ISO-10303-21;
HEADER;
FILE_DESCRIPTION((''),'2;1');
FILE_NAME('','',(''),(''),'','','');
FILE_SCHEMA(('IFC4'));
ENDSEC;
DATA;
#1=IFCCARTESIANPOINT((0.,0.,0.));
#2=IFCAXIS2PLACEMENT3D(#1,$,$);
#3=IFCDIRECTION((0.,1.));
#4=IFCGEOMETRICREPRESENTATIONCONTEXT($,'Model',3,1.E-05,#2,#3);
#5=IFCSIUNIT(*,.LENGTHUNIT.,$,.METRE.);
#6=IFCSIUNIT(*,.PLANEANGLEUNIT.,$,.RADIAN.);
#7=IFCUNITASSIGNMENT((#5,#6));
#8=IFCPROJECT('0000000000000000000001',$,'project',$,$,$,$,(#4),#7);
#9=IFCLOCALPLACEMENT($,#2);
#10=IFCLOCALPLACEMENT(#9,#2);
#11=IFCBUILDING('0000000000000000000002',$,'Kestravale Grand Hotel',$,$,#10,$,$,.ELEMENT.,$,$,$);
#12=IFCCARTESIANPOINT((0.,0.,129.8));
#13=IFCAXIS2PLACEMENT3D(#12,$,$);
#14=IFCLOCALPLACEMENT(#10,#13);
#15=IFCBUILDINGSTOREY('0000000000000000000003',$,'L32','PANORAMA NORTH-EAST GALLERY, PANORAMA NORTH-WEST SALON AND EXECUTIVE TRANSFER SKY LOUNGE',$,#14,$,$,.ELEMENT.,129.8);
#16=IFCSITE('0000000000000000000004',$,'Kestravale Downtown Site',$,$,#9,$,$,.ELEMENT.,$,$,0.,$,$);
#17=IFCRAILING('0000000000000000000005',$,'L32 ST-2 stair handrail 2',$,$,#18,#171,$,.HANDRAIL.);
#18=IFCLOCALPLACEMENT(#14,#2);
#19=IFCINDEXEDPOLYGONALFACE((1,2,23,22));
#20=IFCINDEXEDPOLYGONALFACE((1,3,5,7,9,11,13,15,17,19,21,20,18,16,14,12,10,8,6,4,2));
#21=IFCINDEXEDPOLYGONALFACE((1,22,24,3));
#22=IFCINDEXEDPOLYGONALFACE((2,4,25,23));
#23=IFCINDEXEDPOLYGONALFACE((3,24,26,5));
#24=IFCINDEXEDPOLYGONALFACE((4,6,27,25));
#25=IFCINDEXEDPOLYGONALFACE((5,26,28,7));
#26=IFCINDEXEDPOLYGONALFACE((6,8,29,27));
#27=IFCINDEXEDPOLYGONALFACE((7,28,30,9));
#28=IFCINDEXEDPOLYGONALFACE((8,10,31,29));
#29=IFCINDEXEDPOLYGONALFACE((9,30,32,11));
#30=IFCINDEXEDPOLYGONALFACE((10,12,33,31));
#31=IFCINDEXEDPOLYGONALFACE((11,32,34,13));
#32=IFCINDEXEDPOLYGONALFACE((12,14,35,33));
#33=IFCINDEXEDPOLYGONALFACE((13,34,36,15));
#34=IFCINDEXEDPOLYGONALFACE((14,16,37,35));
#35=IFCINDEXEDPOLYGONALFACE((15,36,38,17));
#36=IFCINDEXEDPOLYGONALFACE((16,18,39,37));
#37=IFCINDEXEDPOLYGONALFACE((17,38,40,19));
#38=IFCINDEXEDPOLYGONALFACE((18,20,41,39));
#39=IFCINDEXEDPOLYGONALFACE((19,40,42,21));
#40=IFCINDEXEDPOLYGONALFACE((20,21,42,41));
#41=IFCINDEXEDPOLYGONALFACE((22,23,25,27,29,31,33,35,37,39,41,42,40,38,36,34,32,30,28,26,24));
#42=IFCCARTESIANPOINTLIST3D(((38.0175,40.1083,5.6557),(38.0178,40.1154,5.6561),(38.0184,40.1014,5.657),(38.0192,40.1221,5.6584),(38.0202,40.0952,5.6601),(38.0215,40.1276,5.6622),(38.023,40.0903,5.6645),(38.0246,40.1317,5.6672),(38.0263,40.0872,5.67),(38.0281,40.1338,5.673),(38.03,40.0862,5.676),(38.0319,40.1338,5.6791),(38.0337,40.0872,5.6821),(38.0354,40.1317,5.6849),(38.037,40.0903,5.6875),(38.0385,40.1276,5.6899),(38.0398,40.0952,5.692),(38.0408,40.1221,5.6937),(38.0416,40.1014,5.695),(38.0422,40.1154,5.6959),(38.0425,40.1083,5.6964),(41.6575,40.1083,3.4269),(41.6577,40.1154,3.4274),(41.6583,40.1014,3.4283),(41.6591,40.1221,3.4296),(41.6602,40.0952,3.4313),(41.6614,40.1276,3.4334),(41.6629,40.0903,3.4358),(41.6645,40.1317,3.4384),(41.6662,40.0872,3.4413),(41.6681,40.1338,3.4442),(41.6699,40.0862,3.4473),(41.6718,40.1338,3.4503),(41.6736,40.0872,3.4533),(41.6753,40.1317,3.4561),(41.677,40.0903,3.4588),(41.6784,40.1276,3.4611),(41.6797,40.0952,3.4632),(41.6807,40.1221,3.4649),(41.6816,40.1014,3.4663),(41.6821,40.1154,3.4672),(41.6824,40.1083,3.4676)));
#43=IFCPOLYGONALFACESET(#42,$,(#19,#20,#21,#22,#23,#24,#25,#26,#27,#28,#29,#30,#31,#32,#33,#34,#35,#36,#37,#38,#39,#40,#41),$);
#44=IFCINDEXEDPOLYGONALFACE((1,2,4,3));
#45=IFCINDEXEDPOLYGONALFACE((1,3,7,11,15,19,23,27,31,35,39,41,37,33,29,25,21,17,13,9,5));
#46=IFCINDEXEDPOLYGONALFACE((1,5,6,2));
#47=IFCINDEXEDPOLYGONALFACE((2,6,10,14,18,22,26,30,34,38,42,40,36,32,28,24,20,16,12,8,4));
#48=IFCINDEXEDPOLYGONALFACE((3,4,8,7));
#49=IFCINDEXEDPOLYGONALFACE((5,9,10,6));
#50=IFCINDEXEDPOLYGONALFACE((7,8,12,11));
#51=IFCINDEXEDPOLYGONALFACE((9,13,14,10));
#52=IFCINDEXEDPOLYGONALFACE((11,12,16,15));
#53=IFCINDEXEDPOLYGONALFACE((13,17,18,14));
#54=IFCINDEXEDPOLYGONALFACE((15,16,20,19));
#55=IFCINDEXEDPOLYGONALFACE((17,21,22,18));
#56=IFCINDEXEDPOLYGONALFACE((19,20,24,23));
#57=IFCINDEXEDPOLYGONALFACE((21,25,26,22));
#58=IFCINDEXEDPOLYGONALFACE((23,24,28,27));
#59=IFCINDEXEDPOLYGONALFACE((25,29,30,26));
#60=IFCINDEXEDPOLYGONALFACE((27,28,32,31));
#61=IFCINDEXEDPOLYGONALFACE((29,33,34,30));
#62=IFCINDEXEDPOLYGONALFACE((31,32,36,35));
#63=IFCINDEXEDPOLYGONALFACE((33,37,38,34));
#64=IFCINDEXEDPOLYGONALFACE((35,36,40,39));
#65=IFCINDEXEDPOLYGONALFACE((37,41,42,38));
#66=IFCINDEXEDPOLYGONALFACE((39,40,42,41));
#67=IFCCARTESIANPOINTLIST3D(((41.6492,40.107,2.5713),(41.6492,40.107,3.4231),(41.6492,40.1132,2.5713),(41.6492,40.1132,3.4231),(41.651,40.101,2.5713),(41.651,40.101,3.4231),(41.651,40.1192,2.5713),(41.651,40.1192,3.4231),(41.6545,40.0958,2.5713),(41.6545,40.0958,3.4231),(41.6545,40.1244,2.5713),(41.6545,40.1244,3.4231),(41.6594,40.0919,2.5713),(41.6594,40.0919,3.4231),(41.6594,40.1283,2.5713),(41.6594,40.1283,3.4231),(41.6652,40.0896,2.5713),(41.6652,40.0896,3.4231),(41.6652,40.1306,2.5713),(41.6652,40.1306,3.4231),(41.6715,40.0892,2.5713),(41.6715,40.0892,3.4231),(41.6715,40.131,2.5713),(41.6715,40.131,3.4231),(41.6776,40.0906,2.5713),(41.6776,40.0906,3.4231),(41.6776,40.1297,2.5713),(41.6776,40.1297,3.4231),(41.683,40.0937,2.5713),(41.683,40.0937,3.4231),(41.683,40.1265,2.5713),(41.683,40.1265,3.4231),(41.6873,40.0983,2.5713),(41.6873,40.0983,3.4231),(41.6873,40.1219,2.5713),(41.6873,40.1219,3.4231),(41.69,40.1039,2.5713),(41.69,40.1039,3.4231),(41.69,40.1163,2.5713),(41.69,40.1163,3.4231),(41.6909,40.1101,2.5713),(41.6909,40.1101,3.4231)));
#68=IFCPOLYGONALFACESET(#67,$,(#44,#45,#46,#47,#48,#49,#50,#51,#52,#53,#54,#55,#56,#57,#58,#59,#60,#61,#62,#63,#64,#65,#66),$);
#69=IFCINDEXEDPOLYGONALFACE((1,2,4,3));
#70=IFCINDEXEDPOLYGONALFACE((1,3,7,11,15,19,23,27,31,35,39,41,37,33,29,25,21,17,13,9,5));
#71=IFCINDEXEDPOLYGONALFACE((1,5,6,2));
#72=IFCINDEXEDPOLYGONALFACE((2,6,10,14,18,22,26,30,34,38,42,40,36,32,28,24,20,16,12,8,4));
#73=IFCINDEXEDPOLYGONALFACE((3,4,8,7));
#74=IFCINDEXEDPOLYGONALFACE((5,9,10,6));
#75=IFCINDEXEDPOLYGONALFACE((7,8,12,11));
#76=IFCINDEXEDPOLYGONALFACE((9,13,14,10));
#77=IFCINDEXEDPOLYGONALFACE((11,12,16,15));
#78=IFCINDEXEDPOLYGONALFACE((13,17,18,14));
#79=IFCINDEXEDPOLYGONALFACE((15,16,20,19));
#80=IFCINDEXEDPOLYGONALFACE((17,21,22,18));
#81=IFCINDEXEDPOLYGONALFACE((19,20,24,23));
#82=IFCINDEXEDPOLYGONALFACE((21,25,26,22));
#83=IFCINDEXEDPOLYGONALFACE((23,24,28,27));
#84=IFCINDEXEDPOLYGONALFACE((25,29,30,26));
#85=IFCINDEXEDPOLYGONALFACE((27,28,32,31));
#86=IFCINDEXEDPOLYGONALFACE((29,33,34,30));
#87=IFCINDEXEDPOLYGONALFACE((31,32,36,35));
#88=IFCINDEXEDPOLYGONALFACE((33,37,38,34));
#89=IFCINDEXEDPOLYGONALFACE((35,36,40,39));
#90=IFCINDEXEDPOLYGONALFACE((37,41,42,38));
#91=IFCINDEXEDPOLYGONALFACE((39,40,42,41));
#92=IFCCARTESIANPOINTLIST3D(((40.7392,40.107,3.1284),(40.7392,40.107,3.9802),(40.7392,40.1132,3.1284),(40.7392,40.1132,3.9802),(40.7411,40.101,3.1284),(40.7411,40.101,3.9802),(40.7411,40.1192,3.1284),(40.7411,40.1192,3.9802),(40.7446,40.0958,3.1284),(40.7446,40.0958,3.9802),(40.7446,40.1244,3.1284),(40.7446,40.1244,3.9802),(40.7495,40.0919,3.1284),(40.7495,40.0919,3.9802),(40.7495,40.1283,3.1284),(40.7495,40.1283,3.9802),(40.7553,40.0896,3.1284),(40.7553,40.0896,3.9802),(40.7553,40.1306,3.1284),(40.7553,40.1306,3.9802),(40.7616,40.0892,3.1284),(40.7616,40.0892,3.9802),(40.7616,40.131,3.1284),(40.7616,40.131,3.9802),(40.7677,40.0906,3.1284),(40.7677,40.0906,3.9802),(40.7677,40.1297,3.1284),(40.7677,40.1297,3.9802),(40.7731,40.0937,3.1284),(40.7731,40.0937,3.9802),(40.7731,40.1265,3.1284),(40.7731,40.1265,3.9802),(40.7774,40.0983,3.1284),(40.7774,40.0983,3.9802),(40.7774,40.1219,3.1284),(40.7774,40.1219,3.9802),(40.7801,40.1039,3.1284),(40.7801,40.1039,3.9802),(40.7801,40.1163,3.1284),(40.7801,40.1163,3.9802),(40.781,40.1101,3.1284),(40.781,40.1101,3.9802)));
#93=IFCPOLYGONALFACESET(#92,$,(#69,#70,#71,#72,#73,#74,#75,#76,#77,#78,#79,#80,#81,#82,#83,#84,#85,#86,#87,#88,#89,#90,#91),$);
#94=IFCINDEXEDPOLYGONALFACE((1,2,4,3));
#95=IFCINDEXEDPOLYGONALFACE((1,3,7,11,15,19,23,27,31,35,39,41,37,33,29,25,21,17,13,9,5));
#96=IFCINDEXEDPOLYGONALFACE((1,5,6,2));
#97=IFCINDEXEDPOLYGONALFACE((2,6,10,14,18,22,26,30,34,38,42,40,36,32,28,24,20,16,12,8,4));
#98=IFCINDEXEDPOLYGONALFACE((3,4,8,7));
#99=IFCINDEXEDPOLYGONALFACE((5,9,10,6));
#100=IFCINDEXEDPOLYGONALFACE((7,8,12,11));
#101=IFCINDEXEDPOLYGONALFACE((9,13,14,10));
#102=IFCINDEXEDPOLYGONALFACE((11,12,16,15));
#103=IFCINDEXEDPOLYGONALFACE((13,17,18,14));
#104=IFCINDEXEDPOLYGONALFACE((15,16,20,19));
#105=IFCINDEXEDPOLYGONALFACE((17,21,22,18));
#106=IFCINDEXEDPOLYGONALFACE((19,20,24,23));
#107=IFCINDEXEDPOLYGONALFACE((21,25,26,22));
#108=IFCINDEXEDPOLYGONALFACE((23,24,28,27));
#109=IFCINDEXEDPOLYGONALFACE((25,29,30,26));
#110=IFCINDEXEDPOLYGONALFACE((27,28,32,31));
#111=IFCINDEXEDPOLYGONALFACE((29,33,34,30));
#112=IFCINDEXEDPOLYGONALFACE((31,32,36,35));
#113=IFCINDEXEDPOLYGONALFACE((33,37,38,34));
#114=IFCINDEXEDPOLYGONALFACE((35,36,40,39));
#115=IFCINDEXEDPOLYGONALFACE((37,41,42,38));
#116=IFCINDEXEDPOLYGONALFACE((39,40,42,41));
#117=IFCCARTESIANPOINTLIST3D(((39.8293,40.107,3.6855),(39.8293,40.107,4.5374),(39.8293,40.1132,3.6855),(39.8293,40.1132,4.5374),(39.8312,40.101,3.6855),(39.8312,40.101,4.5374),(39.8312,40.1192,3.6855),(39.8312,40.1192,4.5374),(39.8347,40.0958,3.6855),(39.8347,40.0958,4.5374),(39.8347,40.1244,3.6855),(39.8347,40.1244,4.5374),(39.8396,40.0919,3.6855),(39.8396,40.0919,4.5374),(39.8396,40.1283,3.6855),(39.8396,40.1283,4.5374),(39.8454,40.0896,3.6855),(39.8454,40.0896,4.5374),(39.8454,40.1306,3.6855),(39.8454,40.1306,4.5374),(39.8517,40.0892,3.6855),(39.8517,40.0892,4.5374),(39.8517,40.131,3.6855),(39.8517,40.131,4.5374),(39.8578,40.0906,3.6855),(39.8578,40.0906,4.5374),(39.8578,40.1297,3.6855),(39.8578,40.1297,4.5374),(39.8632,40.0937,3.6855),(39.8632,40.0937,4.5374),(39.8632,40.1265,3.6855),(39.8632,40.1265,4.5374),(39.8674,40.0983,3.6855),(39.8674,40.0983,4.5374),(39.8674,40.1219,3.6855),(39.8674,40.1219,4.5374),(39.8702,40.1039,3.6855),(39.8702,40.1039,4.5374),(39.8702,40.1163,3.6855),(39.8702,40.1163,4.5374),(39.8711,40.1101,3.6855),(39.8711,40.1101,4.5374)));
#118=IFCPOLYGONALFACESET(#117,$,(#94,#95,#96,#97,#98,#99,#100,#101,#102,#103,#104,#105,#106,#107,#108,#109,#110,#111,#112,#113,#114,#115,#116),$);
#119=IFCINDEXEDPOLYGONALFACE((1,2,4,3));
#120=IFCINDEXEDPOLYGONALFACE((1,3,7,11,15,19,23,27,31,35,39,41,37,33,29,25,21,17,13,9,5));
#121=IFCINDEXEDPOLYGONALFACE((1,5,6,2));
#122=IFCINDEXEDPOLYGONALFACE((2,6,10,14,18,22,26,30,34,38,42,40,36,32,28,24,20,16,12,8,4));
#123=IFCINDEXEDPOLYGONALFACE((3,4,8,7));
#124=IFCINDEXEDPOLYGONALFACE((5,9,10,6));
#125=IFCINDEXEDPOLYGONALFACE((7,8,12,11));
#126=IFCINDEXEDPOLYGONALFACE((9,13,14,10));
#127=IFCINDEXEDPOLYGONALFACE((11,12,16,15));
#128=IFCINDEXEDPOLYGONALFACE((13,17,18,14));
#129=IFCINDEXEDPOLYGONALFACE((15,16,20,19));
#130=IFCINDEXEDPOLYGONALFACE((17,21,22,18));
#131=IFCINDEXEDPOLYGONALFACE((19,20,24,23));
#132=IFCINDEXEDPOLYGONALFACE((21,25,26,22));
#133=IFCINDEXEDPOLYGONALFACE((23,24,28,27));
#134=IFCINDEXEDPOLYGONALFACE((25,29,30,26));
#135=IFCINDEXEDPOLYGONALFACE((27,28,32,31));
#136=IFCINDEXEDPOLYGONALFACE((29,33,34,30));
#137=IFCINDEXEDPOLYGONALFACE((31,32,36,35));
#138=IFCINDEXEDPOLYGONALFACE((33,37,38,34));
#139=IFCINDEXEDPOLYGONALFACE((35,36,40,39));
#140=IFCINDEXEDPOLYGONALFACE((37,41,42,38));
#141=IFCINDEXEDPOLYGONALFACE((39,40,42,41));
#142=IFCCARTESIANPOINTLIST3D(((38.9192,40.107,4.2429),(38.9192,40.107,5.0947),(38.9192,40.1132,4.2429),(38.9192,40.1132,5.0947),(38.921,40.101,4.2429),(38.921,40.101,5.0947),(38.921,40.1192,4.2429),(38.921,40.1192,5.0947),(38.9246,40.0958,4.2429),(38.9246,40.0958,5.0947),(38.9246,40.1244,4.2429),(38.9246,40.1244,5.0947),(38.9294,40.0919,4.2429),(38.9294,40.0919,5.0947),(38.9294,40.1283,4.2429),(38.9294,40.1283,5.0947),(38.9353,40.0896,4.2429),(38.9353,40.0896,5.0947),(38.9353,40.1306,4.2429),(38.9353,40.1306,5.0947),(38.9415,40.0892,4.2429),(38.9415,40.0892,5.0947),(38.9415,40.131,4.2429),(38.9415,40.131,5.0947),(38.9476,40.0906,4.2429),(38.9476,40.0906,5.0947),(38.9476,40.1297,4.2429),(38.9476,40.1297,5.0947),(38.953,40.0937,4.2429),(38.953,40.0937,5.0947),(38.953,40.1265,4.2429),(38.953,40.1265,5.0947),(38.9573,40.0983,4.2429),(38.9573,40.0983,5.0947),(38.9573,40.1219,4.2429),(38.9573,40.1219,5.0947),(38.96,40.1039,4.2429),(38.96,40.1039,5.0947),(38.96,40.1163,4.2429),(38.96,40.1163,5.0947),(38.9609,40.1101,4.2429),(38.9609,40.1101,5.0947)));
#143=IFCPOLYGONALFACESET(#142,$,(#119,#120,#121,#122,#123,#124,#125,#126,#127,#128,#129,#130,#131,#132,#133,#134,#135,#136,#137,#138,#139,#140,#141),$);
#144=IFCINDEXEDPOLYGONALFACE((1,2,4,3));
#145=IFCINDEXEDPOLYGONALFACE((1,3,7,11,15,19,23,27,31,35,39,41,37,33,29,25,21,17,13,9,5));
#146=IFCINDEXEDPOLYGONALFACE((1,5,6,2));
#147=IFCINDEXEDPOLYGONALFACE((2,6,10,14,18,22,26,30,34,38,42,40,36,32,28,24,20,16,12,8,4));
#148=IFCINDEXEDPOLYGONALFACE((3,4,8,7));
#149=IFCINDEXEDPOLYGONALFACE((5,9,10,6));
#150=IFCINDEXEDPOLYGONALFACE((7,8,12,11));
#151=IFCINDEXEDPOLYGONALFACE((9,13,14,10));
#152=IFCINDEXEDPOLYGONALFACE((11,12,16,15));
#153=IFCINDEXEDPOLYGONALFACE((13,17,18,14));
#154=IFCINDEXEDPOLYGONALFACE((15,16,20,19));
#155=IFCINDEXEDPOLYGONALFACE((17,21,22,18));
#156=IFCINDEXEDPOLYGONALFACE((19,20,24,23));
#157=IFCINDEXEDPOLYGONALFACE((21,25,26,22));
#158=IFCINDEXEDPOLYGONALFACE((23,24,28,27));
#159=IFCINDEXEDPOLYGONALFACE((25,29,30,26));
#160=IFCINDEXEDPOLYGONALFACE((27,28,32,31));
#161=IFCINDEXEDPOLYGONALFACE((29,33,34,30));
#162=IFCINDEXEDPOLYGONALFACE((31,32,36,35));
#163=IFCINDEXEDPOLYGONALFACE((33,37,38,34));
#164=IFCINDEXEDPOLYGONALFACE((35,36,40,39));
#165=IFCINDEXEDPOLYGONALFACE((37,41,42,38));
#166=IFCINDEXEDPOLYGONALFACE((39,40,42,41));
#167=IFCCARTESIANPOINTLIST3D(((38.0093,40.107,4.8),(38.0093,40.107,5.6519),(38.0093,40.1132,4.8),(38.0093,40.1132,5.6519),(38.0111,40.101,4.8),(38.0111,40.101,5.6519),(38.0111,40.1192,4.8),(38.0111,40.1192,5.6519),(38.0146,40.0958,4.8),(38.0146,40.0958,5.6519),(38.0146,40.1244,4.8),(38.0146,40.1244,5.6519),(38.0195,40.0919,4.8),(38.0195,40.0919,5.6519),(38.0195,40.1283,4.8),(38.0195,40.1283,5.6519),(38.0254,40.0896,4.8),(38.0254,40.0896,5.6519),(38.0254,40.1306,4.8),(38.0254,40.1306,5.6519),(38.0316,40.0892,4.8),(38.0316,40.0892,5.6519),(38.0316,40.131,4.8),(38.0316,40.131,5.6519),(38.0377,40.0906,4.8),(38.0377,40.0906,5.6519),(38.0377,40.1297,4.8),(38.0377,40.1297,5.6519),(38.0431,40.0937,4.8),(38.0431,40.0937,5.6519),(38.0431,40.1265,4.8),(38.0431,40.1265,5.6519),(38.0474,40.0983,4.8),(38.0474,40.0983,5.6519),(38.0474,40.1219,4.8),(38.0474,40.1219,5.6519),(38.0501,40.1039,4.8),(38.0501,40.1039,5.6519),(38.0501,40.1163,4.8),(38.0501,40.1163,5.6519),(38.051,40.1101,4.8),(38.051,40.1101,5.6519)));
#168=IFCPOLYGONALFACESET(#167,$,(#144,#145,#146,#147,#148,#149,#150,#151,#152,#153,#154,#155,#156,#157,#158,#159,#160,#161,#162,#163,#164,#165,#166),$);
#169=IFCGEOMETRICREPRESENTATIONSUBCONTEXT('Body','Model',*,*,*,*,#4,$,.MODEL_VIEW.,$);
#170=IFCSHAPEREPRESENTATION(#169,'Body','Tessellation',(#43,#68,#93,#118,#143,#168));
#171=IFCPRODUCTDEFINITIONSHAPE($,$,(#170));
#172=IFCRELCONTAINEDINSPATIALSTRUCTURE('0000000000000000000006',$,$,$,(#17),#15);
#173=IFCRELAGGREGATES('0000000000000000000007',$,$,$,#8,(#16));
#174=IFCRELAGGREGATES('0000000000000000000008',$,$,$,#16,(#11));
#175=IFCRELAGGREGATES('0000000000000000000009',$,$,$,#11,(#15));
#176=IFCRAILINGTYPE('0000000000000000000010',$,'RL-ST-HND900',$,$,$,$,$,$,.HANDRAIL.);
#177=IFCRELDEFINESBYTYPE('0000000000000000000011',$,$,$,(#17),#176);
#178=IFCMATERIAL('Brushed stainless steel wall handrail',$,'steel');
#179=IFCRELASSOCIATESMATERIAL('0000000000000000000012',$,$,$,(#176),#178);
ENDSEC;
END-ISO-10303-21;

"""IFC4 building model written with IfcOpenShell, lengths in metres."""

from ifc_helpers import new_model, si_unit, direction, frame, origin, origin_2d, place, context, subcontext, project, spatial, circle, extrude, material, type_object, element, save


model = new_model("IFC4")

# Units and contexts
model_context = context("Model", 3, precision=1e-05, world=origin(), true_north=direction((0.0, 1.0)))
body_context = subcontext(model_context, "Body", "Model", "MODEL_VIEW")
ifc_project = project(units=[si_unit("LENGTHUNIT", "METRE"), si_unit("PLANEANGLEUNIT", "RADIAN")], contexts=[model_context])

# Site, building, storey
site_placement = place(None, origin())
site = spatial("IfcSite", under=ifc_project, at=site_placement, Name="Kestravale Downtown Site", CompositionType="ELEMENT", RefElevation=0.0)
building_placement = place(site_placement, origin())
building = spatial("IfcBuilding", under=site, at=building_placement, Name="Kestravale Grand Hotel", CompositionType="ELEMENT")
storey_placement = place(building_placement, frame((0.0, 0.0, 129.8)))
storey = spatial("IfcBuildingStorey", under=building, at=storey_placement, Name="L32", Description="PANORAMA NORTH-EAST GALLERY, PANORAMA NORTH-WEST SALON AND EXECUTIVE TRANSFER SKY LOUNGE", CompositionType="ELEMENT", Elevation=129.8)

# Railing
ifc_material_1 = material(Name="Brushed stainless steel wall handrail", Category="steel")
railing_type_1 = type_object("IfcRailingType", Name="RL-ST-HND900", PredefinedType="HANDRAIL", material=ifc_material_1)
railing_1_placement = place(storey_placement, frame((41.6699, 40.1101, 2.5713)))
element("IfcRailing", 1, at=railing_1_placement, inside=storey, type_object=railing_type_1, Name="L32 ST-2 stair handrail 2", PredefinedType="HANDRAIL", context=body_context, shape_type="SweptSolid", body=[
    extrude(circle(Radius=0.0239, at=origin_2d()), frame((0.0, 0.0, 0.876), z_axis=(-0.852825, 0.0, 0.522197), x_axis=(0.0, -1.0, 0.0)), (0.0, 0.0, 1.0), 4.2681),
    extrude(circle(Radius=0.021, at=origin_2d()), origin(), (0.0, 0.0, 1.0), 0.8518),
    extrude(circle(Radius=0.021, at=origin_2d()), frame((-0.9099, 0.0, 0.5571)), (0.0, 0.0, 1.0), 0.8518),
    extrude(circle(Radius=0.021, at=origin_2d()), frame((-1.8198, 0.0, 1.1143)), (0.0, 0.0, 1.0), 0.8518),
    extrude(circle(Radius=0.021, at=origin_2d()), frame((-2.73, 0.0, 1.6716)), (0.0, 0.0, 1.0), 0.8518),
    extrude(circle(Radius=0.021, at=origin_2d()), frame((-3.6399, 0.0, 2.2288)), (0.0, 0.0, 1.0), 0.8518),
])

save(model, "model.ifc")
